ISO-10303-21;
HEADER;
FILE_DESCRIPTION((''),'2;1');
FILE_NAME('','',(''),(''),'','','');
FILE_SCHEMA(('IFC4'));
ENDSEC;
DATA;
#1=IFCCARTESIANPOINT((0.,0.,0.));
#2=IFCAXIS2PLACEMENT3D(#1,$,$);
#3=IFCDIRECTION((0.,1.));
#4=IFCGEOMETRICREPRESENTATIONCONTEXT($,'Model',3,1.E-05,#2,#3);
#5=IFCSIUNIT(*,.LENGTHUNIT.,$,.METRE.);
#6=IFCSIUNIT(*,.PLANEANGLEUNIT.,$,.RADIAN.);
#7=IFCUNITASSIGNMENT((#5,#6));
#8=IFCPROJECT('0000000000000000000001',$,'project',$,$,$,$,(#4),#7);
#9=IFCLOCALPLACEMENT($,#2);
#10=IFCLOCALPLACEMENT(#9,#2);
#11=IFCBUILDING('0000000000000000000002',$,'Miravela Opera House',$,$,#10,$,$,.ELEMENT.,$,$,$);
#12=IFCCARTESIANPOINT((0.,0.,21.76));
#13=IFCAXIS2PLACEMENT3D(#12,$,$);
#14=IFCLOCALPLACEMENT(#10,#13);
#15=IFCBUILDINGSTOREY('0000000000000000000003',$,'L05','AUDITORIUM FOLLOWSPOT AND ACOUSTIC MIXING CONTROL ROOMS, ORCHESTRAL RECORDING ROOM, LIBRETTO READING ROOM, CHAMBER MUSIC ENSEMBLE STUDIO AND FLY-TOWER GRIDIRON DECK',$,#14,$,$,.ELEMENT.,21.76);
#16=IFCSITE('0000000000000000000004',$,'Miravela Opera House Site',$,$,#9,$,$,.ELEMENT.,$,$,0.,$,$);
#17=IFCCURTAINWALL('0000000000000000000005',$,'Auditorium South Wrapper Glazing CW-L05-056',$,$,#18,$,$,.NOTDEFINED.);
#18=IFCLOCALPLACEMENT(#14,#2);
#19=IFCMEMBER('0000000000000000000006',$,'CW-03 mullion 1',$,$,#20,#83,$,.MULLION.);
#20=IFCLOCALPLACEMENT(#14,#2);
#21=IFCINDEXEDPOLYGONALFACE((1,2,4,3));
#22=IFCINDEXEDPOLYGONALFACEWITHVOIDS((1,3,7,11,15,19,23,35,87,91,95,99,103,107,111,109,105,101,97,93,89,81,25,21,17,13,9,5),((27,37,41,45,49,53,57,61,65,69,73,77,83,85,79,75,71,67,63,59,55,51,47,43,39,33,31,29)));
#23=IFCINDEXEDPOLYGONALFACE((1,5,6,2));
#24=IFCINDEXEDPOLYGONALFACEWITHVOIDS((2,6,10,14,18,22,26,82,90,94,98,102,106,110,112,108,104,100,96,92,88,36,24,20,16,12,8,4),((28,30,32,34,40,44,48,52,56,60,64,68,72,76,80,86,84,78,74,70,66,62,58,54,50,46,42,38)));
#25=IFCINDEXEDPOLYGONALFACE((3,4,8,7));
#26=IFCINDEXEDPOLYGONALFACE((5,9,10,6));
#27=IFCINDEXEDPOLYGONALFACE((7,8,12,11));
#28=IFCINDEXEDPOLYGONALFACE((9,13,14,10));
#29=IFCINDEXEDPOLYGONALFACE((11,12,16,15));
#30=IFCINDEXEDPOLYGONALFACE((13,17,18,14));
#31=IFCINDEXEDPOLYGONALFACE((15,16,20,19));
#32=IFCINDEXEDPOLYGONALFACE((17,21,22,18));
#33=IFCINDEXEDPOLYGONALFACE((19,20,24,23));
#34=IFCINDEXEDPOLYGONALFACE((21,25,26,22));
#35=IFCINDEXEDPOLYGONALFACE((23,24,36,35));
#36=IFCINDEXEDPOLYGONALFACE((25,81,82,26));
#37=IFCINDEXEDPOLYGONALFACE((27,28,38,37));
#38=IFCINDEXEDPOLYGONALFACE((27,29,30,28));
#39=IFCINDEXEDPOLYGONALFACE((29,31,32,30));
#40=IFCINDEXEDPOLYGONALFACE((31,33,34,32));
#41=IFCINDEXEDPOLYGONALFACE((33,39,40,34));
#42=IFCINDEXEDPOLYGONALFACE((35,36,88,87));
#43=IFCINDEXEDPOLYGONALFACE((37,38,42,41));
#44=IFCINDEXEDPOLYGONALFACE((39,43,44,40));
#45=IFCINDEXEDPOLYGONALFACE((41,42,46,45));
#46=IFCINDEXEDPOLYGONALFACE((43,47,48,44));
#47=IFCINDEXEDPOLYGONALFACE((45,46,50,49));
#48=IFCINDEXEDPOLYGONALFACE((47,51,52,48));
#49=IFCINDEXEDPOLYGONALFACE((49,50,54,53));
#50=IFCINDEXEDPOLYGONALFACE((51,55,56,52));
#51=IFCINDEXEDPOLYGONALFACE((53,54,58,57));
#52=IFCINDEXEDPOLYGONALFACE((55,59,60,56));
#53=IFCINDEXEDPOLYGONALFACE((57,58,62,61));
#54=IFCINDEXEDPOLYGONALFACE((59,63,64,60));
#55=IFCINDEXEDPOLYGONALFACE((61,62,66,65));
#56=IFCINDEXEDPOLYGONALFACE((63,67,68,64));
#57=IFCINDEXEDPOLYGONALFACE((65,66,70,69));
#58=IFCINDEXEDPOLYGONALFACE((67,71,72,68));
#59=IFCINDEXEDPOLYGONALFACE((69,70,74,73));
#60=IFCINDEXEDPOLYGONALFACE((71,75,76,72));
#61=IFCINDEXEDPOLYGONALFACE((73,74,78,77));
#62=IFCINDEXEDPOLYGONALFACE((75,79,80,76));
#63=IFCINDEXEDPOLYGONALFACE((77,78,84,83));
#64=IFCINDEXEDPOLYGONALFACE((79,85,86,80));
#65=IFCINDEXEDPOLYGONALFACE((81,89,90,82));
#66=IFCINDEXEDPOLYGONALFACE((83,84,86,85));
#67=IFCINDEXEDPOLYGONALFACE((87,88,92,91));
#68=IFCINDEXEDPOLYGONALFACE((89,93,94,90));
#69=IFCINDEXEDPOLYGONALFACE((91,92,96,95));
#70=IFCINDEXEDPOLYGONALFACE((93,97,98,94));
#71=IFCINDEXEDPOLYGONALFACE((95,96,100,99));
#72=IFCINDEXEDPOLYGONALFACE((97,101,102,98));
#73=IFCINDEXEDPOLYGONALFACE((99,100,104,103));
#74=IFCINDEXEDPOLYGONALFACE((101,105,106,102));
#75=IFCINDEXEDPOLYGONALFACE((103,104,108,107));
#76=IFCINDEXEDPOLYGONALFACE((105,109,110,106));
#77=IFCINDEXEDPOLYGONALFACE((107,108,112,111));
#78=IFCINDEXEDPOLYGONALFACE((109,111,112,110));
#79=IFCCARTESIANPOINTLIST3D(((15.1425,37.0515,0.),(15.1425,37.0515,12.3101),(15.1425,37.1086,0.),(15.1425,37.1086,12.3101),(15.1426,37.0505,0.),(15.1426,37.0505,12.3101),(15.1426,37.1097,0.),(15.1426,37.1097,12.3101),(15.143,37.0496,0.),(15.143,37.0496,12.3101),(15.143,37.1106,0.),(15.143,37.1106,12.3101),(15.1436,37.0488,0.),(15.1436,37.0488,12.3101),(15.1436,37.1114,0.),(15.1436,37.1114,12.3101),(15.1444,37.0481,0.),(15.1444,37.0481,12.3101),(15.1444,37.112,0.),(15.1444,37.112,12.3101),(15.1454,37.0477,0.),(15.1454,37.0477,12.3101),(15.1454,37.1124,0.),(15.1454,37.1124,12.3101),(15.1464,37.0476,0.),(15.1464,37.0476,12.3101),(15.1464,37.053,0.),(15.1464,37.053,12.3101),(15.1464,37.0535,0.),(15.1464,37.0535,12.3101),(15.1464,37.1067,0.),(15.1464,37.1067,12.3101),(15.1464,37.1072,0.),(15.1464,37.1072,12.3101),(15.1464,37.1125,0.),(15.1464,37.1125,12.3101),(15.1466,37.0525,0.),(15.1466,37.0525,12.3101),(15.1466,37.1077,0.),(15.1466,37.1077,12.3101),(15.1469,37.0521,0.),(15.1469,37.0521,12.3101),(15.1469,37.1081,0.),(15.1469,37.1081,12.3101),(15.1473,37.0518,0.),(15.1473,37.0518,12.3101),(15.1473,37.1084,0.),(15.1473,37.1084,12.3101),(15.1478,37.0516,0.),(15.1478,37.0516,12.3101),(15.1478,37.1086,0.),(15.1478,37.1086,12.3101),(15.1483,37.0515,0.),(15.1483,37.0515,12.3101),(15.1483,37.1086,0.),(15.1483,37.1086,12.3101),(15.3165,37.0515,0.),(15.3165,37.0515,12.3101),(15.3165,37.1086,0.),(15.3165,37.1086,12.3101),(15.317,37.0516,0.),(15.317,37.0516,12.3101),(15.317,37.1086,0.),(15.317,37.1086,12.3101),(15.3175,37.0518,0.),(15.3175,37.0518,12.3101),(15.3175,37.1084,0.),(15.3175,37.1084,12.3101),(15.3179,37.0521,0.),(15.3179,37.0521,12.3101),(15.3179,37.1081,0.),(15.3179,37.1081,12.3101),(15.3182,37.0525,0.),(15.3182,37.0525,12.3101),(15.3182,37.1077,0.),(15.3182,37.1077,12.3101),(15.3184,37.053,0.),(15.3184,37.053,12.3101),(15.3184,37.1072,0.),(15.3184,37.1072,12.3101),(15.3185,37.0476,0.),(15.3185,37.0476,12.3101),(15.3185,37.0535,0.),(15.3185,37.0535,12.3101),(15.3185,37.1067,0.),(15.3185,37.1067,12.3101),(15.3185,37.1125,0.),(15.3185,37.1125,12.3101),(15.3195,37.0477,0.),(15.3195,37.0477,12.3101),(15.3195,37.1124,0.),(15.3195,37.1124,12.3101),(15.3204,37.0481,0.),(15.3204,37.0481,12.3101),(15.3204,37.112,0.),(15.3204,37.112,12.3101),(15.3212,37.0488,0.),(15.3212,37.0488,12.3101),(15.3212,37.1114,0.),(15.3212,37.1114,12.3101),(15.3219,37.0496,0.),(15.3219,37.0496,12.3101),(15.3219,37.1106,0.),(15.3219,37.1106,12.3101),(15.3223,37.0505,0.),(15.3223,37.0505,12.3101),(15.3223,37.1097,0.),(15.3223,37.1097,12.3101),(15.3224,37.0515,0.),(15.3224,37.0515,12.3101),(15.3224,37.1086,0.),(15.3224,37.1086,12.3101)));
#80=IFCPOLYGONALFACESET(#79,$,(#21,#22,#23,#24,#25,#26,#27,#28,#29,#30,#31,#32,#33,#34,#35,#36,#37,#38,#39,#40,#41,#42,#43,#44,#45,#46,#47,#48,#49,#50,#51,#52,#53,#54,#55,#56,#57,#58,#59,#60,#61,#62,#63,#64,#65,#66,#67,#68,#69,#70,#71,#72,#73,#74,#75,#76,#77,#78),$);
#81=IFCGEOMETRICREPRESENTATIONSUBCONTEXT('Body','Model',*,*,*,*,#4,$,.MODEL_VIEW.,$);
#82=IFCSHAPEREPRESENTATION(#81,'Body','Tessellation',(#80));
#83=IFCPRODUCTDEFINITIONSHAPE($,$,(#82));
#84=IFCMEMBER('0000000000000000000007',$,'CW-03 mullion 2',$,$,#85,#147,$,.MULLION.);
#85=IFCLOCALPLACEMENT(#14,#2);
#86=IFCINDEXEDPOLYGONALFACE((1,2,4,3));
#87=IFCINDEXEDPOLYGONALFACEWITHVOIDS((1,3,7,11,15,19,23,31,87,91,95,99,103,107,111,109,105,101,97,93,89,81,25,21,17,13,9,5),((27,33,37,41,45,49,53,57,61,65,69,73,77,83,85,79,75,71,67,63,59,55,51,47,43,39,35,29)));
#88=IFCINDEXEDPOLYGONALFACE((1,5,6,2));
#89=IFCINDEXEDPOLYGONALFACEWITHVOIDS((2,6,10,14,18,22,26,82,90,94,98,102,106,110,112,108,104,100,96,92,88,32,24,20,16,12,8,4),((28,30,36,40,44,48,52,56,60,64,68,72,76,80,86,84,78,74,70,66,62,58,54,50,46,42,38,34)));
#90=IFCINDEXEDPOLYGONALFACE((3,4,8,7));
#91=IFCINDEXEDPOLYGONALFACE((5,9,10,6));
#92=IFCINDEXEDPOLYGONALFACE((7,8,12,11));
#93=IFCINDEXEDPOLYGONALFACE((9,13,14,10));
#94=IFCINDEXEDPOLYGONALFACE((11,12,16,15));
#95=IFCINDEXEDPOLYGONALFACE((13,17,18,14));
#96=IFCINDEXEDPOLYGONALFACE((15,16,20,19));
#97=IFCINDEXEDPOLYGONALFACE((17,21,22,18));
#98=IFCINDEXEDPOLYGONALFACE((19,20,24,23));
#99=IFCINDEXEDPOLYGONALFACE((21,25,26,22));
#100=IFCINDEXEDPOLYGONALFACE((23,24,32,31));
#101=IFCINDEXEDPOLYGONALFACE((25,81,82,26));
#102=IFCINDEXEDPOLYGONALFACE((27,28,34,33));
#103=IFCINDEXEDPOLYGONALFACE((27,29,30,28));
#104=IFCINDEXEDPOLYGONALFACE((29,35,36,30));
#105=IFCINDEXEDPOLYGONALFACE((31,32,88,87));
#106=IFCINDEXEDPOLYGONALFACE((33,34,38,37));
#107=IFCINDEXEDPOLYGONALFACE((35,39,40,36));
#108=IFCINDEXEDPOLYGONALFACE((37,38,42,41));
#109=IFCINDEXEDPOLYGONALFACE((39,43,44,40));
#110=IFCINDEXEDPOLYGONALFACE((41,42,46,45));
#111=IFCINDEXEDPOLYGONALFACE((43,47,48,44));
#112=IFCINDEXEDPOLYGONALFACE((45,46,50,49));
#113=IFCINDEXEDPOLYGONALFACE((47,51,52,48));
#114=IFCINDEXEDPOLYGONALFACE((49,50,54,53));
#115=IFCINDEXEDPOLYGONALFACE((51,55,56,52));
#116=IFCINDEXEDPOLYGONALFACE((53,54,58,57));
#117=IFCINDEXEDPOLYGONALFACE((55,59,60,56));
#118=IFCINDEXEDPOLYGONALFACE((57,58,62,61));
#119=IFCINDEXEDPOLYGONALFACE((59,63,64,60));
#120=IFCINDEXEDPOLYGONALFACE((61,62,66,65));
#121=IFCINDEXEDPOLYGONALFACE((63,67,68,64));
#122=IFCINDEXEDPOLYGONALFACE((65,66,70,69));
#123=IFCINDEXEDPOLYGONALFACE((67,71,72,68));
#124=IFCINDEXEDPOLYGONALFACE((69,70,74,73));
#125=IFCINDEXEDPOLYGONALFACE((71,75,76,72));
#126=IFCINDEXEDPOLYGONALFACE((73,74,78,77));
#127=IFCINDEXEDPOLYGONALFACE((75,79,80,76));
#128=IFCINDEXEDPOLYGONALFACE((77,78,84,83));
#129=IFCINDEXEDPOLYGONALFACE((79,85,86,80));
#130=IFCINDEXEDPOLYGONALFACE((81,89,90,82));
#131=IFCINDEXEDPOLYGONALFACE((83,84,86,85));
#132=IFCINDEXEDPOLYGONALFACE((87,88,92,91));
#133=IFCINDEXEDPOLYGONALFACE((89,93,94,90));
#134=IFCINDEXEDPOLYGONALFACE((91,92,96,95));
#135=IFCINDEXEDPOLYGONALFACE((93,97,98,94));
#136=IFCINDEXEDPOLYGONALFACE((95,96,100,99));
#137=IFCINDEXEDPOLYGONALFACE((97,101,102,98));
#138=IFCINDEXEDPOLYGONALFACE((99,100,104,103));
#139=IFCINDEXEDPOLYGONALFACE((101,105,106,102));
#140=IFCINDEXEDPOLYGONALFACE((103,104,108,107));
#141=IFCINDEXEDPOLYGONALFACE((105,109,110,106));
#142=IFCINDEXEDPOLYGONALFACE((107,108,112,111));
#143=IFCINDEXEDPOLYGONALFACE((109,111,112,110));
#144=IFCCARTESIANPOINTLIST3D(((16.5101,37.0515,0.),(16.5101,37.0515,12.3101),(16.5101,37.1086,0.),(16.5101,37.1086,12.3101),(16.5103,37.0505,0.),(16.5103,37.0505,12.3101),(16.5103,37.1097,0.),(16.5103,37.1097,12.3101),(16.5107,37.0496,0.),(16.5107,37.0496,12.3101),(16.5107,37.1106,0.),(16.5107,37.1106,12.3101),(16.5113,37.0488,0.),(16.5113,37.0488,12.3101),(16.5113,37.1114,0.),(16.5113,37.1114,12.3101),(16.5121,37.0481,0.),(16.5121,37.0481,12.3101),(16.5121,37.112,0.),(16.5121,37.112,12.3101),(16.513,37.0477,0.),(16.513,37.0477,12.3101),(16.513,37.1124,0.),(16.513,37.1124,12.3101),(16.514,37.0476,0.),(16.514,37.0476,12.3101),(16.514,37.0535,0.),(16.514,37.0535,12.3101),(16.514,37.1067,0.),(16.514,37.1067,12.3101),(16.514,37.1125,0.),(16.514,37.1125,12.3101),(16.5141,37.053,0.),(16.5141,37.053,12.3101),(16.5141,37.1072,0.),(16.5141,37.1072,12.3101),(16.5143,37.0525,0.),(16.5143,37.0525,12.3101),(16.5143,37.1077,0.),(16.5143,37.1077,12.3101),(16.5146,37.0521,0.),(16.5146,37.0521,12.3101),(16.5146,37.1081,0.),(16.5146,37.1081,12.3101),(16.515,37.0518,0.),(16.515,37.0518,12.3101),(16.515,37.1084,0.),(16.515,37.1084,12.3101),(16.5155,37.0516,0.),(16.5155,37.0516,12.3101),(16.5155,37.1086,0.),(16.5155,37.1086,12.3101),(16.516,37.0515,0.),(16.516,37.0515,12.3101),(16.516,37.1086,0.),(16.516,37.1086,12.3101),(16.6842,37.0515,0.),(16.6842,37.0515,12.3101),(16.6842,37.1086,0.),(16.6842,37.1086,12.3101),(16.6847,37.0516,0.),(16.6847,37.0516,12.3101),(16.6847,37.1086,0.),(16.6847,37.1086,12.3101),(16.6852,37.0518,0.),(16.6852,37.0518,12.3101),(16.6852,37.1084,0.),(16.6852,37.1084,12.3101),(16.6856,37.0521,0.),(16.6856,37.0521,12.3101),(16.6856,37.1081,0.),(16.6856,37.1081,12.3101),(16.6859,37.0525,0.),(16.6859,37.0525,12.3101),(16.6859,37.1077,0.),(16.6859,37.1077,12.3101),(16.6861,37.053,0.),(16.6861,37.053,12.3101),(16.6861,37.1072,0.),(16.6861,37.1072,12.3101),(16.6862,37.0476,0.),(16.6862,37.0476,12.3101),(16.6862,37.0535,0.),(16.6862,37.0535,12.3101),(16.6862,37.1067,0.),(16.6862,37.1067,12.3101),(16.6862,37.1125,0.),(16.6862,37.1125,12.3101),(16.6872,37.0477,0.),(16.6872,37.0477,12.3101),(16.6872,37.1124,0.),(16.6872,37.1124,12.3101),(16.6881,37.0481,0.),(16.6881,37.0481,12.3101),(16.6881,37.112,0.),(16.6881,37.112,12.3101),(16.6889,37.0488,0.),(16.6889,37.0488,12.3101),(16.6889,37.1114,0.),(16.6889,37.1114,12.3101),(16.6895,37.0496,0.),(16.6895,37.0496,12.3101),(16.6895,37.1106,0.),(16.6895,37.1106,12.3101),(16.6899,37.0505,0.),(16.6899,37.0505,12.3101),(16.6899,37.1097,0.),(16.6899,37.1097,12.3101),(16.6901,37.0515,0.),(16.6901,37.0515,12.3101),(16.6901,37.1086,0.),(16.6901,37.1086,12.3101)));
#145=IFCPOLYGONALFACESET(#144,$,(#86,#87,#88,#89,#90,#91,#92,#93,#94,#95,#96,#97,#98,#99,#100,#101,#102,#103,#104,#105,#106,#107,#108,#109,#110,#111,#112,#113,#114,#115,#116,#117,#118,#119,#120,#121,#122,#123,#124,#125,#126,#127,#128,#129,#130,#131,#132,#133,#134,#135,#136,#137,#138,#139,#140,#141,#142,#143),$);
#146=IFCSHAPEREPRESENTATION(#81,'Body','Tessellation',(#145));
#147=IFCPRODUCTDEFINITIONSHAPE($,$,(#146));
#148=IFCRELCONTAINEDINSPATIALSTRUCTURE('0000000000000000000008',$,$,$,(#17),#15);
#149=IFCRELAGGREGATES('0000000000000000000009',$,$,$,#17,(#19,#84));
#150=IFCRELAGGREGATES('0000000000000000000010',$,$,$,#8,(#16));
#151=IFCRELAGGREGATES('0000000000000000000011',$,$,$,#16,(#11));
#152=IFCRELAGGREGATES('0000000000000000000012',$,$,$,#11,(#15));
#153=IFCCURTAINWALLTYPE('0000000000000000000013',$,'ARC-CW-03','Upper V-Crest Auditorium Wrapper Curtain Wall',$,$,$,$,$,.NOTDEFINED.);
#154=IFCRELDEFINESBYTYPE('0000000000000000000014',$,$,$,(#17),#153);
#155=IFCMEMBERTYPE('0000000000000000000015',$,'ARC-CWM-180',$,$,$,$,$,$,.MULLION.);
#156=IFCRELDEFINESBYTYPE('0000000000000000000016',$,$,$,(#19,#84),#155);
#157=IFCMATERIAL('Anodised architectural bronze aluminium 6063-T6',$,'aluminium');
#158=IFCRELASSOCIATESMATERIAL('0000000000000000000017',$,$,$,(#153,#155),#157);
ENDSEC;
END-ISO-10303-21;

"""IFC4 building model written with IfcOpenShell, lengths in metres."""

from ifc_helpers import new_model, si_unit, direction, frame, origin, origin_2d, place, context, subcontext, project, spatial, hollow_rectangle, extrude, material, material_profile, profile_set, type_object, element, aggregate, save


model = new_model("IFC4")

# Units and contexts
model_context = context("Model", 3, precision=1e-05, world=origin(), true_north=direction((0.0, 1.0)))
body_context = subcontext(model_context, "Body", "Model", "MODEL_VIEW")
ifc_project = project(units=[si_unit("LENGTHUNIT", "METRE"), si_unit("PLANEANGLEUNIT", "RADIAN")], contexts=[model_context])

# Site, building, storey
site_placement = place(None, origin())
site = spatial("IfcSite", under=ifc_project, at=site_placement, Name="Miravela Opera House Site", CompositionType="ELEMENT", RefElevation=0.0)
building_placement = place(site_placement, origin())
building = spatial("IfcBuilding", under=site, at=building_placement, Name="Miravela Opera House", CompositionType="ELEMENT")
storey_placement = place(building_placement, frame((0.0, 0.0, 21.76)))
storey = spatial("IfcBuildingStorey", under=building, at=storey_placement, Name="L05", Description="AUDITORIUM FOLLOWSPOT AND ACOUSTIC MIXING CONTROL ROOMS, ORCHESTRAL RECORDING ROOM, LIBRETTO READING ROOM, CHAMBER MUSIC ENSEMBLE STUDIO AND FLY-TOWER GRIDIRON DECK", CompositionType="ELEMENT", Elevation=21.76)

# Curtain wall, members
ifc_material_1 = material(Name="Anodised architectural bronze aluminium 6063-T6", Category="aluminium")
curtain_wall_type = type_object("IfcCurtainWallType", Name="ARC-CW-03", Description="Upper V-Crest Auditorium Wrapper Curtain Wall", PredefinedType="NOTDEFINED", material=ifc_material_1)
curtain_wall_placement = place(storey_placement, origin())
curtain_wall = element("IfcCurtainWall", 1, at=curtain_wall_placement, inside=storey, type_object=curtain_wall_type, Name="Auditorium South Wrapper Glazing CW-L05-056", PredefinedType="NOTDEFINED")
ifc_material_profile_1 = material_profile(ifc_material_1, hollow_rectangle(XDim=0.0649, YDim=0.1799, WallThickness=0.0039, InnerFilletRadius=0.002, OuterFilletRadius=0.0039, at=origin_2d()), Name="CWM-65X180")
ifc_profile_set_1 = profile_set([ifc_material_profile_1])
member_type_1 = type_object("IfcMemberType", Name="ARC-CWM-180", PredefinedType="MULLION", material=ifc_profile_set_1)
member_1_placement = place(storey_placement, frame((15.2324, 37.0801, 0.0), z_axis=(0.0, 0.0, 1.0), x_axis=(0.0, 1.0, 0.0)))
member_1 = element("IfcMember", 2, at=member_1_placement, type_object=member_type_1, Name="CW-03 mullion 1", PredefinedType="MULLION", context=body_context, shape_type="SweptSolid", body=[
    extrude(hollow_rectangle(XDim=0.0649, YDim=0.1799, WallThickness=0.0039, InnerFilletRadius=0.002, OuterFilletRadius=0.0039, at=origin_2d()), origin(), (0.0, 0.0, 1.0), 12.3101),
])
member_2_placement = place(storey_placement, frame((16.6001, 37.0801, 0.0), z_axis=(0.0, 0.0, 1.0), x_axis=(0.0, 1.0, 0.0)))
member_2 = element("IfcMember", 3, at=member_2_placement, type_object=member_type_1, Name="CW-03 mullion 2", PredefinedType="MULLION", context=body_context, shape_type="SweptSolid", body=[
    extrude(hollow_rectangle(XDim=0.0649, YDim=0.1799, WallThickness=0.0039, InnerFilletRadius=0.002, OuterFilletRadius=0.0039, at=origin_2d()), origin(), (0.0, 0.0, 1.0), 12.3101),
])

aggregate(curtain_wall, [member_1, member_2])

save(model, "model.ifc")
